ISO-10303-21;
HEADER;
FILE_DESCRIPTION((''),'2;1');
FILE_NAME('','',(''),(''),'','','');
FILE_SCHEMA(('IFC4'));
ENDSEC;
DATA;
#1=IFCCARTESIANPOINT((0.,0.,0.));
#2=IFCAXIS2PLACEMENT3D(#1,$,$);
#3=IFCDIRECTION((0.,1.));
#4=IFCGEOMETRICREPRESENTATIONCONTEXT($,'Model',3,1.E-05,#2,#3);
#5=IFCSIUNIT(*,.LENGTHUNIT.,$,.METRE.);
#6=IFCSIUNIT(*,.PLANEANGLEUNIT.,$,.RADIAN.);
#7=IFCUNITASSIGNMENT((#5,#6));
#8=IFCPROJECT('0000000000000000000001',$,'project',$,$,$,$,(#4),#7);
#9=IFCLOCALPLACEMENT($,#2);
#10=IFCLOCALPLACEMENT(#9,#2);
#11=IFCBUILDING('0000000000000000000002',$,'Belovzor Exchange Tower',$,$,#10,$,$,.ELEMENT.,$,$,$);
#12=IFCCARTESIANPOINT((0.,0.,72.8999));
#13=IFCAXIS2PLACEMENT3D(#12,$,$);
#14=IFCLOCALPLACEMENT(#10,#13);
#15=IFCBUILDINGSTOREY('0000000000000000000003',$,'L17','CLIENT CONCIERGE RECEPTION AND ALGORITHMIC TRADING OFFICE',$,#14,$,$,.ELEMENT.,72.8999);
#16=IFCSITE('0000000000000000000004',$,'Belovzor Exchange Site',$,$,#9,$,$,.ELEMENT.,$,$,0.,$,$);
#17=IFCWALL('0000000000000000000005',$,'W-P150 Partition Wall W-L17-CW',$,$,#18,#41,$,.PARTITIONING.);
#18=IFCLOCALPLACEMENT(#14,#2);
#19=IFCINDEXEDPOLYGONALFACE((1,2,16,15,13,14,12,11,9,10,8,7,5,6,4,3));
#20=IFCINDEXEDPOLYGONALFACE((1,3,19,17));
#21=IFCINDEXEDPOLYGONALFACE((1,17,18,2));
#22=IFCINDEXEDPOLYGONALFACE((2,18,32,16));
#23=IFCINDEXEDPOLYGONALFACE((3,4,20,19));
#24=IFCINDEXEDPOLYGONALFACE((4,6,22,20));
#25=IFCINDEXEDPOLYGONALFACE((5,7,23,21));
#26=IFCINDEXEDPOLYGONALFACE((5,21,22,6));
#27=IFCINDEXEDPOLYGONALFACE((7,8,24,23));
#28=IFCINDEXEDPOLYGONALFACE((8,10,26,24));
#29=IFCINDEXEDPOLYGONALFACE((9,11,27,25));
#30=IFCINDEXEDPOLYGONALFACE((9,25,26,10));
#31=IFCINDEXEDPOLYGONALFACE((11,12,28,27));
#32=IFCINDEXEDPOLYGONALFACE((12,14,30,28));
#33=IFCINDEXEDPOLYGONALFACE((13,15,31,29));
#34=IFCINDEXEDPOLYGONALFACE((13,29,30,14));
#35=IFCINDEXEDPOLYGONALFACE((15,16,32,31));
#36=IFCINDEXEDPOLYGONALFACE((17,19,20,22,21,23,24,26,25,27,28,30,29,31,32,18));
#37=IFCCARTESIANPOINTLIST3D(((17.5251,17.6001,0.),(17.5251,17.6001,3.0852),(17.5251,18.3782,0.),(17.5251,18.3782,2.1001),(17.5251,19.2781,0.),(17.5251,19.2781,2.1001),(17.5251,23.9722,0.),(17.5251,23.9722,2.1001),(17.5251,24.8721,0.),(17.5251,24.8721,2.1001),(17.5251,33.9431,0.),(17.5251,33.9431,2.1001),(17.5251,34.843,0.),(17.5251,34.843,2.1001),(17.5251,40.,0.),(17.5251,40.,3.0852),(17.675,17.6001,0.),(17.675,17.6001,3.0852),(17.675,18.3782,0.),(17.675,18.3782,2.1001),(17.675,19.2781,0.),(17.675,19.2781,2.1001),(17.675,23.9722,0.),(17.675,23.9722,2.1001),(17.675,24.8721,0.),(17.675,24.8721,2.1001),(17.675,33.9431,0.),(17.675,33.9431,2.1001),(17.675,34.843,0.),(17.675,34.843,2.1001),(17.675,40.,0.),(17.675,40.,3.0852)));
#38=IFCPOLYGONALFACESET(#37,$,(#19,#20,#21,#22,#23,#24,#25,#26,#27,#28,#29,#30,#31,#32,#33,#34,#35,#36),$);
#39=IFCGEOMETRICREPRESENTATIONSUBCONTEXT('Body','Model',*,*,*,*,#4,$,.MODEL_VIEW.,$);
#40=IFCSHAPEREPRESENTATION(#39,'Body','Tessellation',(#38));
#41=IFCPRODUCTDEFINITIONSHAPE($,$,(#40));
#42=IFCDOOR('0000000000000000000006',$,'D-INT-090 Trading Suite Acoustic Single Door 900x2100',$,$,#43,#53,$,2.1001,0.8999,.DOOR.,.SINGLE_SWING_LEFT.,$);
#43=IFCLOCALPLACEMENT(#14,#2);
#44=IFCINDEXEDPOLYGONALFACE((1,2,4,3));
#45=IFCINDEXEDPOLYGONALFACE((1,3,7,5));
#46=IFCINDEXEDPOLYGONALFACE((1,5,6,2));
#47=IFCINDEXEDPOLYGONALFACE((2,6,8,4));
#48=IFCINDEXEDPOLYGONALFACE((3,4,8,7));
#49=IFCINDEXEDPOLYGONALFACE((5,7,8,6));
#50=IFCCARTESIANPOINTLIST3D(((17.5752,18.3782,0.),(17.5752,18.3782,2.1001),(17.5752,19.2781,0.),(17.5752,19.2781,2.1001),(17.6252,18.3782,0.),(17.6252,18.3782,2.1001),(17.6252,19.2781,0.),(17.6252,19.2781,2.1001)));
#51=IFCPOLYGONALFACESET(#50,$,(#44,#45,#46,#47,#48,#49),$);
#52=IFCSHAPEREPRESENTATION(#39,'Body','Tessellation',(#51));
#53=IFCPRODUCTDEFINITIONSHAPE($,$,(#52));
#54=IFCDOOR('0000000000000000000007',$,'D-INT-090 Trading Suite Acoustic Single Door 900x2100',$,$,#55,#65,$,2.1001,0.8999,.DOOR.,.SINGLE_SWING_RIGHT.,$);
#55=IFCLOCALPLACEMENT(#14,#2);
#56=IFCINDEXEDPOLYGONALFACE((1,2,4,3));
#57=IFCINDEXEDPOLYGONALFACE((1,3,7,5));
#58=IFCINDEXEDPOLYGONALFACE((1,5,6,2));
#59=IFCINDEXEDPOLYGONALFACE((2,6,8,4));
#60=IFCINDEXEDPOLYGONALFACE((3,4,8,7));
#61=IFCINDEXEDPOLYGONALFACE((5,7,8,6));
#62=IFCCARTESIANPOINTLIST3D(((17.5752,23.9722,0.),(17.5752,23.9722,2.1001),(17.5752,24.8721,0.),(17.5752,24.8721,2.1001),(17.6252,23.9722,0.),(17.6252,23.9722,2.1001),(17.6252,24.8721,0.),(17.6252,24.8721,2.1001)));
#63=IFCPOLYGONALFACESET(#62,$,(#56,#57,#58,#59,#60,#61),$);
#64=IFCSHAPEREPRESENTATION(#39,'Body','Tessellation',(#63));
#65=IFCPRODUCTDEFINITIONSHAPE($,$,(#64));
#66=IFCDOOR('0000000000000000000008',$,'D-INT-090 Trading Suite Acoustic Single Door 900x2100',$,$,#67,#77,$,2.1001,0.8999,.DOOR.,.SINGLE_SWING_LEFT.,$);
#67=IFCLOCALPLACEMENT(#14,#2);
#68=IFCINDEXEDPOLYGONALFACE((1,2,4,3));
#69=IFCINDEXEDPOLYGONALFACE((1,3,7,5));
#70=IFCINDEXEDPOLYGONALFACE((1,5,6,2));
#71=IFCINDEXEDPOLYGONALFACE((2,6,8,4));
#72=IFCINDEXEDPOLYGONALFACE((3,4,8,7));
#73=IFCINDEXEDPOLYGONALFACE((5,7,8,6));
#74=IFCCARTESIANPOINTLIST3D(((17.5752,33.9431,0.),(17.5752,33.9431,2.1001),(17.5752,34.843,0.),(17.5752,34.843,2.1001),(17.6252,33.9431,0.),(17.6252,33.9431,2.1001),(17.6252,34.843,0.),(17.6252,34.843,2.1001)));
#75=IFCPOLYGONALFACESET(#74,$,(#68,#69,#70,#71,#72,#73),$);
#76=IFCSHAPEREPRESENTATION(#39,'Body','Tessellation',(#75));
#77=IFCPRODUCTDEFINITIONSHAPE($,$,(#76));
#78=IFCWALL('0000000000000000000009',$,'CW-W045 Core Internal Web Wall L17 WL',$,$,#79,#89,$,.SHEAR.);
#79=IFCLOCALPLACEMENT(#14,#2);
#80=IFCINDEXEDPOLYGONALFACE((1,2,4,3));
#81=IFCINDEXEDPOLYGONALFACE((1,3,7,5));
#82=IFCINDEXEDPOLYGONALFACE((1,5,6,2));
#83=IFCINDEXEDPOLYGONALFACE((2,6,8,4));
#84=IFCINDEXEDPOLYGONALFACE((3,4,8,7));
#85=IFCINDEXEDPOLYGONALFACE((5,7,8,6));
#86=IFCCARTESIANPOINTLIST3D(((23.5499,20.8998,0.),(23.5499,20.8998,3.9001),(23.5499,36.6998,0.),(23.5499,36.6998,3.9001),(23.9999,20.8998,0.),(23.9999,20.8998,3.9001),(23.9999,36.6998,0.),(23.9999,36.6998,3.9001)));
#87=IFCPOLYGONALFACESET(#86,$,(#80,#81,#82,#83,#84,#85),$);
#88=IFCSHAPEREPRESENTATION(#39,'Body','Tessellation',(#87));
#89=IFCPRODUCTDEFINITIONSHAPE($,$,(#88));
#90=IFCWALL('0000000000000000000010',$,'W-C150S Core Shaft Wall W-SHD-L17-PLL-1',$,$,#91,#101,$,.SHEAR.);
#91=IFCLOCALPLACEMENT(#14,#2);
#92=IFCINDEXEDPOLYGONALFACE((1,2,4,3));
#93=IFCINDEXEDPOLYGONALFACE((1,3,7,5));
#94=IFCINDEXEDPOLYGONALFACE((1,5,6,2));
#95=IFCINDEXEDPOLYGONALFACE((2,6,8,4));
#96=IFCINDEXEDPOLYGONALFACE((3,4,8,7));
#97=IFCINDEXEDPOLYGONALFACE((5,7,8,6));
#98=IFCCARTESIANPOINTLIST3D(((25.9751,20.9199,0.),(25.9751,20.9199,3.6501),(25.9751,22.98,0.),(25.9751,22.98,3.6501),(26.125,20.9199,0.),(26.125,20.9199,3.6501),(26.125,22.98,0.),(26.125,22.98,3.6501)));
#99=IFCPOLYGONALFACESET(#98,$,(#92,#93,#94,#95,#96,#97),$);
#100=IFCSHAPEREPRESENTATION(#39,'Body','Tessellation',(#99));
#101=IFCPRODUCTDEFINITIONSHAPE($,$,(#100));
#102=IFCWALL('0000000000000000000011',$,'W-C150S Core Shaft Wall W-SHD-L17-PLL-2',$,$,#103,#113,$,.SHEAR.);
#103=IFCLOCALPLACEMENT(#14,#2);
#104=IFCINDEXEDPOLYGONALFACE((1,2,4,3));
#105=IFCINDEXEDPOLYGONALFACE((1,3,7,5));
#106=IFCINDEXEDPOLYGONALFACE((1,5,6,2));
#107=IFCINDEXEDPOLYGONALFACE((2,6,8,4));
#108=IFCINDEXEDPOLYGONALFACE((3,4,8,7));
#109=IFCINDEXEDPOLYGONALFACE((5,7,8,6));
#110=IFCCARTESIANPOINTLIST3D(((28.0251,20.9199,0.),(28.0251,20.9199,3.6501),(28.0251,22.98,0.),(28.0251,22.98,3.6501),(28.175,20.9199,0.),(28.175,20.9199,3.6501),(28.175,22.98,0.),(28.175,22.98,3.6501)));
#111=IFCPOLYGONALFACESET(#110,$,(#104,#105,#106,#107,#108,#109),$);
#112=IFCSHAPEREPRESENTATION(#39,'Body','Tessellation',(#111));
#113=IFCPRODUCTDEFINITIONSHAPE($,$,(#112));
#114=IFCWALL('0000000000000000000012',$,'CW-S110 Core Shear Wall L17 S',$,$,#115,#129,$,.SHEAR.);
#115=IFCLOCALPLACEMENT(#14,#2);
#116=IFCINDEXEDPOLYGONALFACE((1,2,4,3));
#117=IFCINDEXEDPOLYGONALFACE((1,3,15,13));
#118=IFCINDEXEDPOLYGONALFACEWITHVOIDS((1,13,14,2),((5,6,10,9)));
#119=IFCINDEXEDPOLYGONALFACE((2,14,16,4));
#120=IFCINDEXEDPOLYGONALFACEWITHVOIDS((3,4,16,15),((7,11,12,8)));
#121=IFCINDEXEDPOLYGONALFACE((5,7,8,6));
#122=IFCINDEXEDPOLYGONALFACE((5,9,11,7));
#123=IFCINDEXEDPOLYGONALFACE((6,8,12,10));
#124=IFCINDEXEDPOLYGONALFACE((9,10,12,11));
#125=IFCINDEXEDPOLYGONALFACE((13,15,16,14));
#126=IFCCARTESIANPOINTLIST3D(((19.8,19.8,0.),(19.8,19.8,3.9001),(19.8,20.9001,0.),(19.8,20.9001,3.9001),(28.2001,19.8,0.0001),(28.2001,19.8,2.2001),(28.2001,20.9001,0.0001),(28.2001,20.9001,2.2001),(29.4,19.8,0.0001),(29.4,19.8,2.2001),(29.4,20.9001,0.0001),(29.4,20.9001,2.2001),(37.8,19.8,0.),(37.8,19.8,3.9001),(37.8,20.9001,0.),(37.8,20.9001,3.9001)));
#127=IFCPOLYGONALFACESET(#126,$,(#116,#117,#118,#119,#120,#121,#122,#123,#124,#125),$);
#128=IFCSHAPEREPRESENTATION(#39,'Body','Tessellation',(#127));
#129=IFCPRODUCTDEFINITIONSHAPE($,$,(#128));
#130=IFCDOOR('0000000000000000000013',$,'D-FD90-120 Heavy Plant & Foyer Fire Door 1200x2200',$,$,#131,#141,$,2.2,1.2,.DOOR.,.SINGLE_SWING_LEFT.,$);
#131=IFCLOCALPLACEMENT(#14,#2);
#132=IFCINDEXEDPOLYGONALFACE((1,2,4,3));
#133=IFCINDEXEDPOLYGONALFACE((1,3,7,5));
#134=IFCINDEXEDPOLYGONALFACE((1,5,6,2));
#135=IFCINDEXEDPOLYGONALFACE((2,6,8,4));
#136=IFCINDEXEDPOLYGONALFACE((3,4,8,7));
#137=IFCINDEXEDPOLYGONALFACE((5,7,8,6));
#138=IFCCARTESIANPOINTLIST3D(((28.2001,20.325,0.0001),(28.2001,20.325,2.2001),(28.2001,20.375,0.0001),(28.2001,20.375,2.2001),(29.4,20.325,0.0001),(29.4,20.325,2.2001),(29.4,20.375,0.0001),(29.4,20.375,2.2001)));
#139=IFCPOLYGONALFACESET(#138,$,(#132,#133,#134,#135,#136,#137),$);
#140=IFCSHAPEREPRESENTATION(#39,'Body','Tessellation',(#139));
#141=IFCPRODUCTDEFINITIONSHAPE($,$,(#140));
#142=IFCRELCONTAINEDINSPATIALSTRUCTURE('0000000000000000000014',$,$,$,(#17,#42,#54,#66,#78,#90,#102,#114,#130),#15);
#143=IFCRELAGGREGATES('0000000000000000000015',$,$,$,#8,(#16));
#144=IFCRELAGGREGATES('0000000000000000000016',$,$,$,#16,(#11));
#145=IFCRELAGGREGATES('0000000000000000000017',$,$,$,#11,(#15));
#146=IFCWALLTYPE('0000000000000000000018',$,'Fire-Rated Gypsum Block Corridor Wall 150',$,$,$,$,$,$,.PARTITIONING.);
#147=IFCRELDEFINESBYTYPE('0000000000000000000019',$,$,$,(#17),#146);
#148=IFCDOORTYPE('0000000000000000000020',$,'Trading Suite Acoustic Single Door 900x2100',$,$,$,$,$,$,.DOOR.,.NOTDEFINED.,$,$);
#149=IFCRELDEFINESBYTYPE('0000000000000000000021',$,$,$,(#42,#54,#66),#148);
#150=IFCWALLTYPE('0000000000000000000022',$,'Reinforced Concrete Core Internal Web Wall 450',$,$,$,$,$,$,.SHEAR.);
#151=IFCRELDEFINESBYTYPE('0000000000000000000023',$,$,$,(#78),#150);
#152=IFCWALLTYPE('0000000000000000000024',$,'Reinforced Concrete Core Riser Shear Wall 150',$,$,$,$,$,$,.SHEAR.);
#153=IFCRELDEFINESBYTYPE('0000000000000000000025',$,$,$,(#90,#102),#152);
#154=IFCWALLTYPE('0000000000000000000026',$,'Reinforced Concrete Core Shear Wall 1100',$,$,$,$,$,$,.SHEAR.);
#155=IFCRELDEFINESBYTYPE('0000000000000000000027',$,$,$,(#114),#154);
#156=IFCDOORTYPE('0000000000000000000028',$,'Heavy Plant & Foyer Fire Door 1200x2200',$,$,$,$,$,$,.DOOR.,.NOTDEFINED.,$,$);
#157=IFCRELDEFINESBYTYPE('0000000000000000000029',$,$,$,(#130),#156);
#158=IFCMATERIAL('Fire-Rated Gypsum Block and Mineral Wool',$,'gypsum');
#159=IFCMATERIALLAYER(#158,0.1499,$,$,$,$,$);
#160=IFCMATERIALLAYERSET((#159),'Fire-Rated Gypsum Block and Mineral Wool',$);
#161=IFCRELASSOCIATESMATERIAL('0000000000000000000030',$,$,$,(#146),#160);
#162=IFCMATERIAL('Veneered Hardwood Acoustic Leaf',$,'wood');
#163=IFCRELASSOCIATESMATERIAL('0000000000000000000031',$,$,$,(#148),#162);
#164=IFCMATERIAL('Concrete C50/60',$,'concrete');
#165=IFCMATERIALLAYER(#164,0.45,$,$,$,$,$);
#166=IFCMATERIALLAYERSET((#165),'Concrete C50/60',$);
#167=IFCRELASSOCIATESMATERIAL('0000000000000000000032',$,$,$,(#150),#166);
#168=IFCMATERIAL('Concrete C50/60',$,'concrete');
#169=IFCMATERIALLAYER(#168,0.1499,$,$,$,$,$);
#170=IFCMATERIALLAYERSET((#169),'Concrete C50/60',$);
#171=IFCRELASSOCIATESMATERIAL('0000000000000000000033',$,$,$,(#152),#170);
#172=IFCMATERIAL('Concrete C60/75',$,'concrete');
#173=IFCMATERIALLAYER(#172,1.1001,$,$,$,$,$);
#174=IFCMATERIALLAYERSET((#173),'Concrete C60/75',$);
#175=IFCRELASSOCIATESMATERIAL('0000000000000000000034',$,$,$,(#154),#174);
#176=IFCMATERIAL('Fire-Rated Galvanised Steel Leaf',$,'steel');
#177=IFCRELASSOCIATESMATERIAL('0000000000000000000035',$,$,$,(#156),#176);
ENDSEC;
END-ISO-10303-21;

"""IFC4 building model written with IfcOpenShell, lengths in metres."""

from ifc_helpers import new_model, si_unit, direction, frame, frame_2d, origin, place, context, subcontext, project, spatial, rectangle, extrude, material, layer, layer_set, type_object, element, fill, save


model = new_model("IFC4")

# Units and contexts
model_context = context("Model", 3, precision=1e-05, world=origin(), true_north=direction((0.0, 1.0)))
body_context = subcontext(model_context, "Body", "Model", "MODEL_VIEW")
ifc_project = project(units=[si_unit("LENGTHUNIT", "METRE"), si_unit("PLANEANGLEUNIT", "RADIAN")], contexts=[model_context])

# Site, building, storey
site_placement = place(None, origin())
site = spatial("IfcSite", under=ifc_project, at=site_placement, Name="Belovzor Exchange Site", CompositionType="ELEMENT", RefElevation=0.0)
building_placement = place(site_placement, origin())
building = spatial("IfcBuilding", under=site, at=building_placement, Name="Belovzor Exchange Tower", CompositionType="ELEMENT")
storey_placement = place(building_placement, frame((0.0, 0.0, 72.8999)))
storey = spatial("IfcBuildingStorey", under=building, at=storey_placement, Name="L17", Description="CLIENT CONCIERGE RECEPTION AND ALGORITHMIC TRADING OFFICE", CompositionType="ELEMENT", Elevation=72.8999)

# Shared definitions
ifc_material_1 = material(Name="Fire-Rated Gypsum Block and Mineral Wool", Category="gypsum")
ifc_layer_1 = layer(ifc_material_1, 0.1499)
ifc_layer_set_1 = layer_set([ifc_layer_1], Name="Fire-Rated Gypsum Block and Mineral Wool")
wall_type_1 = type_object("IfcWallType", Name="Fire-Rated Gypsum Block Corridor Wall 150", PredefinedType="PARTITIONING", material=ifc_layer_set_1)
ifc_material_2 = material(Name="Veneered Hardwood Acoustic Leaf", Category="wood")
door_type_1 = type_object("IfcDoorType", Name="Trading Suite Acoustic Single Door 900x2100", OperationType="NOTDEFINED", PredefinedType="DOOR", material=ifc_material_2)

# Wall, openings, doors
wall_1_placement = place(storey_placement, frame((17.6001, 17.6001, 0.0), z_axis=(0.0, 0.0, 1.0), x_axis=(0.0, 1.0, 0.0)))
wall_1 = element("IfcWall", 1, at=wall_1_placement, inside=storey, type_object=wall_type_1, Name="W-P150 Partition Wall W-L17-CW", PredefinedType="PARTITIONING", context=body_context, shape_type="SweptSolid", body=[
    extrude(rectangle(XDim=22.3999, YDim=0.1499, at=frame_2d((11.2, 0.0))), origin(), (0.0, 0.0, 1.0), 3.0852),
])
opening_1_placement = place(wall_1_placement, frame((0.7781, 0.0, 0.0)))
opening_1 = element("IfcOpeningElement", 2, at=opening_1_placement, cuts=wall_1, PredefinedType="OPENING", context=body_context, shape_type="SweptSolid", body=[
    extrude(rectangle(XDim=0.8999, YDim=2.1001, at=frame_2d((0.45, 1.05))), frame((0.0, 0.085, 0.0), z_axis=(0.0, -1.0, 0.0), x_axis=(1.0, 0.0, 0.0)), (0.0, 0.0, 1.0), 0.1699),
])
opening_2_placement = place(wall_1_placement, frame((6.3721, 0.0, 0.0)))
opening_2 = element("IfcOpeningElement", 3, at=opening_2_placement, cuts=wall_1, PredefinedType="OPENING", context=body_context, shape_type="SweptSolid", body=[
    extrude(rectangle(XDim=0.8999, YDim=2.1001, at=frame_2d((0.45, 1.05))), frame((0.0, 0.085, 0.0), z_axis=(0.0, -1.0, 0.0), x_axis=(1.0, 0.0, 0.0)), (0.0, 0.0, 1.0), 0.1699),
])
opening_3_placement = place(wall_1_placement, frame((16.343, 0.0, 0.0)))
opening_3 = element("IfcOpeningElement", 4, at=opening_3_placement, cuts=wall_1, PredefinedType="OPENING", context=body_context, shape_type="SweptSolid", body=[
    extrude(rectangle(XDim=0.8999, YDim=2.1001, at=frame_2d((0.45, 1.05))), frame((0.0, 0.085, 0.0), z_axis=(0.0, -1.0, 0.0), x_axis=(1.0, 0.0, 0.0)), (0.0, 0.0, 1.0), 0.1699),
])
door_1_placement = place(opening_1_placement, origin())
door_1 = element("IfcDoor", 5, at=door_1_placement, inside=storey, type_object=door_type_1, Name="D-INT-090 Trading Suite Acoustic Single Door 900x2100", OperationType="SINGLE_SWING_LEFT", OverallHeight=2.1001, OverallWidth=0.8999, PredefinedType="DOOR", context=body_context, shape_type="SweptSolid", body=[
    extrude(rectangle(XDim=0.8999, YDim=2.1001, at=frame_2d((0.45, 1.05))), frame((0.0, 0.0249, 0.0), z_axis=(0.0, -1.0, 0.0), x_axis=(1.0, 0.0, 0.0)), (0.0, 0.0, 1.0), 0.05),
])
fill(opening_1, door_1)
door_2_placement = place(opening_2_placement, origin())
door_2 = element("IfcDoor", 6, at=door_2_placement, inside=storey, type_object=door_type_1, Name="D-INT-090 Trading Suite Acoustic Single Door 900x2100", OperationType="SINGLE_SWING_RIGHT", OverallHeight=2.1001, OverallWidth=0.8999, PredefinedType="DOOR", context=body_context, shape_type="SweptSolid", body=[
    extrude(rectangle(XDim=0.8999, YDim=2.1001, at=frame_2d((0.45, 1.05))), frame((0.0, 0.0249, 0.0), z_axis=(0.0, -1.0, 0.0), x_axis=(1.0, 0.0, 0.0)), (0.0, 0.0, 1.0), 0.05),
])
fill(opening_2, door_2)
door_3_placement = place(opening_3_placement, origin())
door_3 = element("IfcDoor", 7, at=door_3_placement, inside=storey, type_object=door_type_1, Name="D-INT-090 Trading Suite Acoustic Single Door 900x2100", OperationType="SINGLE_SWING_LEFT", OverallHeight=2.1001, OverallWidth=0.8999, PredefinedType="DOOR", context=body_context, shape_type="SweptSolid", body=[
    extrude(rectangle(XDim=0.8999, YDim=2.1001, at=frame_2d((0.45, 1.05))), frame((0.0, 0.0249, 0.0), z_axis=(0.0, -1.0, 0.0), x_axis=(1.0, 0.0, 0.0)), (0.0, 0.0, 1.0), 0.05),
])
fill(opening_3, door_3)

# Walls
ifc_material_3 = material(Name="Concrete C50/60", Category="concrete")
ifc_layer_2 = layer(ifc_material_3, 0.45)
ifc_layer_set_2 = layer_set([ifc_layer_2], Name="Concrete C50/60")
wall_type_2 = type_object("IfcWallType", Name="Reinforced Concrete Core Internal Web Wall 450", PredefinedType="SHEAR", material=ifc_layer_set_2)
wall_2_placement = place(storey_placement, frame((23.7749, 20.8999, 0.0), z_axis=(0.0, 0.0, 1.0), x_axis=(0.0, 1.0, 0.0)))
element("IfcWall", 8, at=wall_2_placement, inside=storey, type_object=wall_type_2, Name="CW-W045 Core Internal Web Wall L17 WL", PredefinedType="SHEAR", context=body_context, shape_type="SweptSolid", body=[
    extrude(rectangle(XDim=15.8, YDim=0.45, at=frame_2d((7.8999, 0.0))), origin(), (0.0, 0.0, 1.0), 3.9001),
])
ifc_material_4 = material(Name="Concrete C50/60", Category="concrete")
ifc_layer_3 = layer(ifc_material_4, 0.1499)
ifc_layer_set_3 = layer_set([ifc_layer_3], Name="Concrete C50/60")
wall_type_3 = type_object("IfcWallType", Name="Reinforced Concrete Core Riser Shear Wall 150", PredefinedType="SHEAR", material=ifc_layer_set_3)
for number, where, z_axis, x_axis, name in (
    (9, (26.05, 20.9199, 0.0), (0.0, 0.0, 1.0), (0.0, 1.0, 0.0), "W-C150S Core Shaft Wall W-SHD-L17-PLL-1"),
    (10, (28.1001, 20.9199, 0.0), (0.0, 0.0, 1.0), (0.0, 1.0, 0.0), "W-C150S Core Shaft Wall W-SHD-L17-PLL-2"),
):
    element("IfcWall", number, at=place(storey_placement, frame(where, z_axis=z_axis, x_axis=x_axis)), inside=storey, type_object=wall_type_3, Name=name, PredefinedType="SHEAR", context=body_context, shape_type="SweptSolid", body=[
        extrude(rectangle(XDim=2.0601, YDim=0.1499, at=frame_2d((1.03, 0.0))), origin(), (0.0, 0.0, 1.0), 3.6501),
    ])

# Wall, opening, door
ifc_material_5 = material(Name="Concrete C60/75", Category="concrete")
ifc_layer_4 = layer(ifc_material_5, 1.1001)
ifc_layer_set_4 = layer_set([ifc_layer_4], Name="Concrete C60/75")
wall_type_4 = type_object("IfcWallType", Name="Reinforced Concrete Core Shear Wall 1100", PredefinedType="SHEAR", material=ifc_layer_set_4)
wall_3_placement = place(storey_placement, frame((19.8, 20.3501, 0.0), z_axis=(0.0, 0.0, 1.0), x_axis=(1.0, 0.0, 0.0)))
wall_3 = element("IfcWall", 11, at=wall_3_placement, inside=storey, type_object=wall_type_4, Name="CW-S110 Core Shear Wall L17 S", PredefinedType="SHEAR", context=body_context, shape_type="SweptSolid", body=[
    extrude(rectangle(XDim=18.0, YDim=1.1001, at=frame_2d((9.0, 0.0))), origin(), (0.0, 0.0, 1.0), 3.9001),
])
opening_4_placement = place(wall_3_placement, frame((8.3999, 0.0, 0.0)))
opening_4 = element("IfcOpeningElement", 12, at=opening_4_placement, cuts=wall_3, PredefinedType="OPENING", context=body_context, shape_type="SweptSolid", body=[
    extrude(rectangle(XDim=1.2, YDim=2.2, at=frame_2d((0.6001, 1.1001))), frame((0.0, 0.5601, 0.0), z_axis=(0.0, -1.0, 0.0), x_axis=(1.0, 0.0, 0.0)), (0.0, 0.0, 1.0), 1.1201),
])
ifc_material_6 = material(Name="Fire-Rated Galvanised Steel Leaf", Category="steel")
door_type_2 = type_object("IfcDoorType", Name="Heavy Plant & Foyer Fire Door 1200x2200", OperationType="NOTDEFINED", PredefinedType="DOOR", material=ifc_material_6)
door_4_placement = place(opening_4_placement, origin())
door_4 = element("IfcDoor", 13, at=door_4_placement, inside=storey, type_object=door_type_2, Name="D-FD90-120 Heavy Plant & Foyer Fire Door 1200x2200", OperationType="SINGLE_SWING_LEFT", OverallHeight=2.2, OverallWidth=1.2, PredefinedType="DOOR", context=body_context, shape_type="SweptSolid", body=[
    extrude(rectangle(XDim=1.2, YDim=2.2, at=frame_2d((0.6001, 1.1001))), frame((0.0, 0.0249, 0.0), z_axis=(0.0, -1.0, 0.0), x_axis=(1.0, 0.0, 0.0)), (0.0, 0.0, 1.0), 0.05),
])
fill(opening_4, door_4)

save(model, "model.ifc")
